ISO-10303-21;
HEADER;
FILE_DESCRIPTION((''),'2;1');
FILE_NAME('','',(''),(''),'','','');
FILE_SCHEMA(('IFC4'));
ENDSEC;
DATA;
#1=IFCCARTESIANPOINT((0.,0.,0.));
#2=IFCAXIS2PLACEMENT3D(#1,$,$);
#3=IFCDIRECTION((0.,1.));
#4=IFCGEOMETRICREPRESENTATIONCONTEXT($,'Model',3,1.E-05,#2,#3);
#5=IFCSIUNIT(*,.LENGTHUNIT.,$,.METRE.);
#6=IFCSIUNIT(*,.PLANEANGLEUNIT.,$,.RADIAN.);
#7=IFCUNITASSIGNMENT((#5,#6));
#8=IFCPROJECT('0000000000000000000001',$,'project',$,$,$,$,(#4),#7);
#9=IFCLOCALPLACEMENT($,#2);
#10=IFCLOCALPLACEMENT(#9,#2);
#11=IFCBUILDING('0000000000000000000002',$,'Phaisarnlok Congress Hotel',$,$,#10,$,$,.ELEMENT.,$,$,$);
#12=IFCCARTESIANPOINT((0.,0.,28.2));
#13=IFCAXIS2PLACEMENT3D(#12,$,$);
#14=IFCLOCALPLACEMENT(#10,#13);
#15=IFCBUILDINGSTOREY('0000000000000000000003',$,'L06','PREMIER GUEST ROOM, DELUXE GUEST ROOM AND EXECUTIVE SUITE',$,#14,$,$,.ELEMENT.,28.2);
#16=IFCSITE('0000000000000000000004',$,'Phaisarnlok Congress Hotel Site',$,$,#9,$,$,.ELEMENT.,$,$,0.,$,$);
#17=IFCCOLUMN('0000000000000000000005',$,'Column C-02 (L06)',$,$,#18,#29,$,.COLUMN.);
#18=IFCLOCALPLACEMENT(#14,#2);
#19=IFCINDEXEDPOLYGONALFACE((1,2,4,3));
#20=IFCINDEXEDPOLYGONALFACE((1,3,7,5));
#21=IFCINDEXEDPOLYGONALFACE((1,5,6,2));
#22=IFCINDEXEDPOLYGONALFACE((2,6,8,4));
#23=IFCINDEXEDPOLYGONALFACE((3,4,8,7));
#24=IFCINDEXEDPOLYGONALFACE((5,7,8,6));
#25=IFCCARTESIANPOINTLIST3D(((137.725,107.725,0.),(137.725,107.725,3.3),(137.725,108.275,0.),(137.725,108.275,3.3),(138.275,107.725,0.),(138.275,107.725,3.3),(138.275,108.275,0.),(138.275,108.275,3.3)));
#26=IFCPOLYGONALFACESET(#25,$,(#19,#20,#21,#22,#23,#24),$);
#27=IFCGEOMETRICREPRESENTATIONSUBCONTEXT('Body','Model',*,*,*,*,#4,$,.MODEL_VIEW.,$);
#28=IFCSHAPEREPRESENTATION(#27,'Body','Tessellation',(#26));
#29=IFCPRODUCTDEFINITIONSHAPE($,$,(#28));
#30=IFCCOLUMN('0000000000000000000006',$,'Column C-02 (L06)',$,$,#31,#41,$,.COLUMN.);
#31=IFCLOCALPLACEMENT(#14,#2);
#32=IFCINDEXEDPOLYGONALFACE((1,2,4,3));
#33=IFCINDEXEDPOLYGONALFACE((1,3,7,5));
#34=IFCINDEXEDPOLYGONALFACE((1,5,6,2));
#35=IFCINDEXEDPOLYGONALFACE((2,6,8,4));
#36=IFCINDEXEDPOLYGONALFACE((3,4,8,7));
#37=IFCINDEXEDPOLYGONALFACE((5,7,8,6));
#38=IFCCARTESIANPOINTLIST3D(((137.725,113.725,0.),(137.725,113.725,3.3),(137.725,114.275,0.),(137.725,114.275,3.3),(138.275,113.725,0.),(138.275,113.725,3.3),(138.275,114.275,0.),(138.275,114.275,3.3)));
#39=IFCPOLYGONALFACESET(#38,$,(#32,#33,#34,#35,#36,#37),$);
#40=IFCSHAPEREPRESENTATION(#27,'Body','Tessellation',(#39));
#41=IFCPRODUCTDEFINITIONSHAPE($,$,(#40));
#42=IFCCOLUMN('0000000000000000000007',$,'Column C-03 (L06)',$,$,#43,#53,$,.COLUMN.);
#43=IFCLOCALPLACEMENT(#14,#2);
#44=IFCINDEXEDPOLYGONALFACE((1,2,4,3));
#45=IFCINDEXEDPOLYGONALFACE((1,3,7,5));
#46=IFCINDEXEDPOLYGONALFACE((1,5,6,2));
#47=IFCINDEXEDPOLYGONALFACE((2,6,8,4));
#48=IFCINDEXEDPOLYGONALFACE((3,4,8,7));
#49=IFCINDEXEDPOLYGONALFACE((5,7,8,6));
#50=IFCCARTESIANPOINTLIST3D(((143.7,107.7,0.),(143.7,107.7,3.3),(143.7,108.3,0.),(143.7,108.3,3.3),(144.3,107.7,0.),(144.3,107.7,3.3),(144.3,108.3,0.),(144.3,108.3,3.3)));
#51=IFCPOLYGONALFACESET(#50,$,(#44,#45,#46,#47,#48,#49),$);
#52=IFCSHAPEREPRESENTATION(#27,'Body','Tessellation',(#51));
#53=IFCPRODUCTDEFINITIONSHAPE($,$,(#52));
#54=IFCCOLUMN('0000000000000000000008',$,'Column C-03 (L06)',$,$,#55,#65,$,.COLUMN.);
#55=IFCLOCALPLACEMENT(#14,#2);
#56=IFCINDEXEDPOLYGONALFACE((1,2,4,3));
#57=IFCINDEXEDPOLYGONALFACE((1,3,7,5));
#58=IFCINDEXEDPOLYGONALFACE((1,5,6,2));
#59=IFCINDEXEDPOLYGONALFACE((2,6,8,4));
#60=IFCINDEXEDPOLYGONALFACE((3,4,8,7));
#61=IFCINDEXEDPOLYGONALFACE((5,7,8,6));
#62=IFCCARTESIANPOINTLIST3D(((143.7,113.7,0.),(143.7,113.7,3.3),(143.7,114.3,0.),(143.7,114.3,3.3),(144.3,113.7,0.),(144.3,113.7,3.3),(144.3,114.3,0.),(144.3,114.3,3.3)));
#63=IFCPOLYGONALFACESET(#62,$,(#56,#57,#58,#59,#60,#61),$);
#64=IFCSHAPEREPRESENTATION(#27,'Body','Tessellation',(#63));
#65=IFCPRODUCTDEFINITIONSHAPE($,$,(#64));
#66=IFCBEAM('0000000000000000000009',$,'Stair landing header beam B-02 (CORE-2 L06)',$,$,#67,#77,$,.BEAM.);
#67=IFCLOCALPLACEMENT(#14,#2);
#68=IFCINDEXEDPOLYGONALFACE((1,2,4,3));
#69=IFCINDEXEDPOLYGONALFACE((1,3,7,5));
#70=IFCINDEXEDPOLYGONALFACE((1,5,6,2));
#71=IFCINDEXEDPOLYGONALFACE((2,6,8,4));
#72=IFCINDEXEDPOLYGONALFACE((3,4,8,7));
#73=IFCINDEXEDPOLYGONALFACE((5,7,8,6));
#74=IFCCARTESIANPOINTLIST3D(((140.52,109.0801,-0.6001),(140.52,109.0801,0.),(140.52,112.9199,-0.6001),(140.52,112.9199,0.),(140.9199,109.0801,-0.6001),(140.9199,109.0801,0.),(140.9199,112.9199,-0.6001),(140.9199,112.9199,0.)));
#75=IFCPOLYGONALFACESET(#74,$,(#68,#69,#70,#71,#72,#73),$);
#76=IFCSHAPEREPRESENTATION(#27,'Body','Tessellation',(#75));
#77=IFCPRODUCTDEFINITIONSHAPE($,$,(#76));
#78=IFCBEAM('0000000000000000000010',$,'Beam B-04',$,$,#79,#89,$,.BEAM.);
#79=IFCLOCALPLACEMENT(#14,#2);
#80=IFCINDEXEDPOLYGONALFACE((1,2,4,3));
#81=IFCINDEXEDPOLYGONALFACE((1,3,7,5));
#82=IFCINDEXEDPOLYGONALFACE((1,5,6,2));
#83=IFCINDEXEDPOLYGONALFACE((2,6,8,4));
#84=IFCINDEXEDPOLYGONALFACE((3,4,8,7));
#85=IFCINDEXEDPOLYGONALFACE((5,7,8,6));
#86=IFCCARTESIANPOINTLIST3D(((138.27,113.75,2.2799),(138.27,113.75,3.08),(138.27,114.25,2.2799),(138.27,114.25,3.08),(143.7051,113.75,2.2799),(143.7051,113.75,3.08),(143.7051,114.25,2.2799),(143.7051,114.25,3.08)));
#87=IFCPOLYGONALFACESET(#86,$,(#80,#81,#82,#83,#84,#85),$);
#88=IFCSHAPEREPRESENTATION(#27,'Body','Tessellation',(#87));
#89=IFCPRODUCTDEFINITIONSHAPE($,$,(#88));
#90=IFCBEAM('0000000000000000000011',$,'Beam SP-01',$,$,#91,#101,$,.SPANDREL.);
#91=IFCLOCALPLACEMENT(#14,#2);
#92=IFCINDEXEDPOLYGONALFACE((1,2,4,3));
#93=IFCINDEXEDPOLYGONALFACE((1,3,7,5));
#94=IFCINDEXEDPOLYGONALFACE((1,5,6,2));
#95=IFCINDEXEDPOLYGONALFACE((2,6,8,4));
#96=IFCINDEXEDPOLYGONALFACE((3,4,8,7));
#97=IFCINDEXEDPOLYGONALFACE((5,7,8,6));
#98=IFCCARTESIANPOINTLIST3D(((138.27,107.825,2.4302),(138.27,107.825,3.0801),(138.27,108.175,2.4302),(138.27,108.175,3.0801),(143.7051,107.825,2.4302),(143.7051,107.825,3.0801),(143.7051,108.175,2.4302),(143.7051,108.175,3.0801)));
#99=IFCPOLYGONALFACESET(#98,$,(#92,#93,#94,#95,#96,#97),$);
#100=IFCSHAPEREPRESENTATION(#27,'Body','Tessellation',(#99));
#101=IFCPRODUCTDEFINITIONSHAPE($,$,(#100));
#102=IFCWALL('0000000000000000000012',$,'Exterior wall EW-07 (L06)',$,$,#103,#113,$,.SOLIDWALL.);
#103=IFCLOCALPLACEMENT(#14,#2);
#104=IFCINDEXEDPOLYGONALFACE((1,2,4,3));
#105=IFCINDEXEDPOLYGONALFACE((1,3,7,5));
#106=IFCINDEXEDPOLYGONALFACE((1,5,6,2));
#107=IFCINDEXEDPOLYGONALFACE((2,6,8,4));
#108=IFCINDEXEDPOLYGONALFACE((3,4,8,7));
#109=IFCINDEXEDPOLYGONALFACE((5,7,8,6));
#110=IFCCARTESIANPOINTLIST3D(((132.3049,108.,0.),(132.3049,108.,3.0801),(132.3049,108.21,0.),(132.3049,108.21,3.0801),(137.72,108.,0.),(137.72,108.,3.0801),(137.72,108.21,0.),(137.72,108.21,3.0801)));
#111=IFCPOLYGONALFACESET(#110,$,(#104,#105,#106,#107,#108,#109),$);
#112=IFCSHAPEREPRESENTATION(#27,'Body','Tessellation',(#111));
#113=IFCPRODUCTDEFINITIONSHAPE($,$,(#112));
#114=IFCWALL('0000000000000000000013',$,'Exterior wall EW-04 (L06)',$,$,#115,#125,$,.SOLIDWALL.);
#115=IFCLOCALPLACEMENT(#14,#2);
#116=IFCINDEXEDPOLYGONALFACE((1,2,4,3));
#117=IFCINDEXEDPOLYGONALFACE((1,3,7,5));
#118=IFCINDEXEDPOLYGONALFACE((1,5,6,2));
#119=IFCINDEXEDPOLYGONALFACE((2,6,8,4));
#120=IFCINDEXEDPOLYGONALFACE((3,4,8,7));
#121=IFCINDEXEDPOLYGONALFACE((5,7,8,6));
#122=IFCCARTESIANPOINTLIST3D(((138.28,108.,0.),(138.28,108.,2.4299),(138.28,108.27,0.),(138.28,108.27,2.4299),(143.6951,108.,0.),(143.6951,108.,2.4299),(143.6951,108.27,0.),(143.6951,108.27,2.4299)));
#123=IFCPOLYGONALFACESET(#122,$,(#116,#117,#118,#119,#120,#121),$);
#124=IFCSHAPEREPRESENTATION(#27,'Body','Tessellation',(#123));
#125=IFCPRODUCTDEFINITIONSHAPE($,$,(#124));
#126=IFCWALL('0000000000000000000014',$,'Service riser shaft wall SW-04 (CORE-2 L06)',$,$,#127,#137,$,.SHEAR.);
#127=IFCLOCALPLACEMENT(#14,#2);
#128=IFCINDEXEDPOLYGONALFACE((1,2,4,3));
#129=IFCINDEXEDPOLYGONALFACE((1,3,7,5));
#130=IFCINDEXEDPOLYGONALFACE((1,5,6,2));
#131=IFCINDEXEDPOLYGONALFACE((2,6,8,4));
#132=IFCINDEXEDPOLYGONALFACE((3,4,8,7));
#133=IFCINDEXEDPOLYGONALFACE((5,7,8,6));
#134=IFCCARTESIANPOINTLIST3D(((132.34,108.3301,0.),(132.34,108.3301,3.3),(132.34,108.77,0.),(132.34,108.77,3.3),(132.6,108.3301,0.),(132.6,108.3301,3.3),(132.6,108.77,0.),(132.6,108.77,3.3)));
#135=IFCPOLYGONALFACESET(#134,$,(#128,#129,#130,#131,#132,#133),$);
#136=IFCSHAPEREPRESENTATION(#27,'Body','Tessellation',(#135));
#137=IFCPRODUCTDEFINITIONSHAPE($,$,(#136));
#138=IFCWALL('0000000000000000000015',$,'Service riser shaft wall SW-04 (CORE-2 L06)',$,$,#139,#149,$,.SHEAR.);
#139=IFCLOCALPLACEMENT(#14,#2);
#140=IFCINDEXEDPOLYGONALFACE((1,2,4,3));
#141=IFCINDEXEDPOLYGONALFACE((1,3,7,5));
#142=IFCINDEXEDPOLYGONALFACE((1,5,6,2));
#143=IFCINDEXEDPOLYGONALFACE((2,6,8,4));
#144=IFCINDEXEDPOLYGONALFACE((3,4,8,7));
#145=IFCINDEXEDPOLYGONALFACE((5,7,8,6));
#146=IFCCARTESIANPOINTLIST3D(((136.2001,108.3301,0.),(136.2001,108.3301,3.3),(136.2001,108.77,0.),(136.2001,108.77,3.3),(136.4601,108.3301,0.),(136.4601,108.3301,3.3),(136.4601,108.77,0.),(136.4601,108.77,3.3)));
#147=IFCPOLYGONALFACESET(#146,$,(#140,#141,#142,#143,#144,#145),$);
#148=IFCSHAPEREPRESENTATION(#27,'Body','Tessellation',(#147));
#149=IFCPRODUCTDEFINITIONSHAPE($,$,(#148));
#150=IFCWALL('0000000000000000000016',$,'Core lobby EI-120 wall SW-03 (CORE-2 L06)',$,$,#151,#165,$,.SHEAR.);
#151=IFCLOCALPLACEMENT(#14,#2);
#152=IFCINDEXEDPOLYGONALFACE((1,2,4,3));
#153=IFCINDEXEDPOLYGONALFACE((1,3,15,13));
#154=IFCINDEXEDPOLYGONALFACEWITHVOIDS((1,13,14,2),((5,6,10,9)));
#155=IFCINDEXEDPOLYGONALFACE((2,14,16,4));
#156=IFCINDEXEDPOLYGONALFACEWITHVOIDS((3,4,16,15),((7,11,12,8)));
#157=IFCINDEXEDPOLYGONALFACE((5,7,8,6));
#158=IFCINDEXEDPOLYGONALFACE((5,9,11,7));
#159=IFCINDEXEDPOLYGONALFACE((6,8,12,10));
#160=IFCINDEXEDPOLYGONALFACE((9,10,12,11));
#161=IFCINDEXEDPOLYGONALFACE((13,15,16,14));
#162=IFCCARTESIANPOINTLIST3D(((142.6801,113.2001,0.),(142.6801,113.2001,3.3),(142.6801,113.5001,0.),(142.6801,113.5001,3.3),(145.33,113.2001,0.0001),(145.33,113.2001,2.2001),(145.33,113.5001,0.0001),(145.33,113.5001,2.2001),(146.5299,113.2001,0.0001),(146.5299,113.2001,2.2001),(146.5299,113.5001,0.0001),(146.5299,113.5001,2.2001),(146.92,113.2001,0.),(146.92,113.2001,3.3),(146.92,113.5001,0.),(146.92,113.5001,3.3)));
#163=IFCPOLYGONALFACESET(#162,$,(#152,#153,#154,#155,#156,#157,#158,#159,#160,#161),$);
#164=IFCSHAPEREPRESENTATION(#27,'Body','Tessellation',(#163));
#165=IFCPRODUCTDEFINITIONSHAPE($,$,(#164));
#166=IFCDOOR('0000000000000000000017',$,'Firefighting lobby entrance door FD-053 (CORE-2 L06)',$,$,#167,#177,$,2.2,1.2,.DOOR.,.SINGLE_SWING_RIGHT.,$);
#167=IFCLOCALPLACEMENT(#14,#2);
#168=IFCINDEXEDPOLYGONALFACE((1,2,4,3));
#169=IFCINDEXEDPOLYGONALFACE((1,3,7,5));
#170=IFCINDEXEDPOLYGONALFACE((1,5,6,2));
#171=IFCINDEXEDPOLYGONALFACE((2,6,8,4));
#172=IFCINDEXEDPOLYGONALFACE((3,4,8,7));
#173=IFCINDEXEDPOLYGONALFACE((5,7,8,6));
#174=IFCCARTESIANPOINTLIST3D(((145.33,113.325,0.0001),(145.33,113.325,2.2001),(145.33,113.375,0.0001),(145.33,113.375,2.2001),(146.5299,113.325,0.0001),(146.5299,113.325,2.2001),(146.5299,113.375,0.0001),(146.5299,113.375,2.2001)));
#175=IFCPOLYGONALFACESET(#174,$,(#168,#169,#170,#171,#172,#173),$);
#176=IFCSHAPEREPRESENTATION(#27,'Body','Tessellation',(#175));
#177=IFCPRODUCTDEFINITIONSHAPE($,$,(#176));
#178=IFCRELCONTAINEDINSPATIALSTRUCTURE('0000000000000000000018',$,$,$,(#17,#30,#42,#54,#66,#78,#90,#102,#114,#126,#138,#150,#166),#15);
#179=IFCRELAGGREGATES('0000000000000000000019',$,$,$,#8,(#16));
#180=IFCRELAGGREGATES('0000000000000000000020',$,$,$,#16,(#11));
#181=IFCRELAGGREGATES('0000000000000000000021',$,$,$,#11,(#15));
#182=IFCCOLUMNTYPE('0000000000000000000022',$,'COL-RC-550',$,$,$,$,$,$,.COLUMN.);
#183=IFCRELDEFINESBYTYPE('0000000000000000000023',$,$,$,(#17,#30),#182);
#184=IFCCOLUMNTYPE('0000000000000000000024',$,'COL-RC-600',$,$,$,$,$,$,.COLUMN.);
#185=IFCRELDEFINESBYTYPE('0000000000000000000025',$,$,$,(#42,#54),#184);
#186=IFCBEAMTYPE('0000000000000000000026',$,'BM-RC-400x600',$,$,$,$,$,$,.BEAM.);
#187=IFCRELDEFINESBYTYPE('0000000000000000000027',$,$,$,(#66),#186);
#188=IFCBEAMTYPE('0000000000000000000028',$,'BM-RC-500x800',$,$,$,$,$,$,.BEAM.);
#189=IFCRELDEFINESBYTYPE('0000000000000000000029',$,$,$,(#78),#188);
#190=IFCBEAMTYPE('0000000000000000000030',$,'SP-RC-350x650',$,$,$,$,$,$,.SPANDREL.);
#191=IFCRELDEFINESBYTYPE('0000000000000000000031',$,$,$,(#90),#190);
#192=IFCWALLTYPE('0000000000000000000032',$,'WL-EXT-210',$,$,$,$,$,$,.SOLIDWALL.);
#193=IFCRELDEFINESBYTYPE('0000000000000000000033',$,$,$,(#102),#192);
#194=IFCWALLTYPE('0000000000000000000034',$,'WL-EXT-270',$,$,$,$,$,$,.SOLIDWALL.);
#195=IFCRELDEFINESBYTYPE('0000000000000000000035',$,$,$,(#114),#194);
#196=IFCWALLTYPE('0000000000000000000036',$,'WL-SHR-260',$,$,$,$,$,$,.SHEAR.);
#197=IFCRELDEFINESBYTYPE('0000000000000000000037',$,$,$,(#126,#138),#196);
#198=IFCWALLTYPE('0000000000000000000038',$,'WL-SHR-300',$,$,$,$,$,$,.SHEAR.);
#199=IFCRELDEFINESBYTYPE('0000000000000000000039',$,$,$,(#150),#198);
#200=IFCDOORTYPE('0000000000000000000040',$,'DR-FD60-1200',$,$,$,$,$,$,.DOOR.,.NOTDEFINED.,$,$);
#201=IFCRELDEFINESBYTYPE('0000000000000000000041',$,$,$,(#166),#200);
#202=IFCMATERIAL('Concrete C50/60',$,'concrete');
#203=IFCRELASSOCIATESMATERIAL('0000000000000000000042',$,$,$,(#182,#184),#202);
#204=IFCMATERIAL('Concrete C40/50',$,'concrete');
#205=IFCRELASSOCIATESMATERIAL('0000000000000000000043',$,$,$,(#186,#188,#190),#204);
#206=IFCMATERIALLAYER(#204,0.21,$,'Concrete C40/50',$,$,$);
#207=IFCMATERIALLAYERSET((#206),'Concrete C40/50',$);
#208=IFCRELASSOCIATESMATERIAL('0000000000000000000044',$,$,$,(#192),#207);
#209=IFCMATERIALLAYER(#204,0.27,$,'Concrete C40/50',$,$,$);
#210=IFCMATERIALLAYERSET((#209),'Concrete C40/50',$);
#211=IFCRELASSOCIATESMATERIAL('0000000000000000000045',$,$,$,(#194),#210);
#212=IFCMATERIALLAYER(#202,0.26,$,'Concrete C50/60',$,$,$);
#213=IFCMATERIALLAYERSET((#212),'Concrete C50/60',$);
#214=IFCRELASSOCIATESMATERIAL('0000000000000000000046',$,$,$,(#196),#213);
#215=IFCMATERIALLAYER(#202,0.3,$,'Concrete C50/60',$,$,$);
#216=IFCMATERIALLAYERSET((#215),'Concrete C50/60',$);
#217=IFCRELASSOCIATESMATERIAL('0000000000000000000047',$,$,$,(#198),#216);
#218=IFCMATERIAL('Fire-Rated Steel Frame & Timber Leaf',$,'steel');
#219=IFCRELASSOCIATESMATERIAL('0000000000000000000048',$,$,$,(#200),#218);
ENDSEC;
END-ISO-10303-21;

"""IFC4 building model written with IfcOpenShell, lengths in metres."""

from ifc_helpers import new_model, si_unit, direction, frame, frame_2d, origin, origin_2d, place, context, subcontext, project, spatial, rectangle, extrude, material, layer, layer_set, material_profile, profile_set, type_object, element, fill, save


model = new_model("IFC4")

# Units and contexts
model_context = context("Model", 3, precision=1e-05, world=origin(), true_north=direction((0.0, 1.0)))
body_context = subcontext(model_context, "Body", "Model", "MODEL_VIEW")
ifc_project = project(units=[si_unit("LENGTHUNIT", "METRE"), si_unit("PLANEANGLEUNIT", "RADIAN")], contexts=[model_context])

# Site, building, storey
site_placement = place(None, origin())
site = spatial("IfcSite", under=ifc_project, at=site_placement, Name="Phaisarnlok Congress Hotel Site", CompositionType="ELEMENT", RefElevation=0.0)
building_placement = place(site_placement, origin())
building = spatial("IfcBuilding", under=site, at=building_placement, Name="Phaisarnlok Congress Hotel", CompositionType="ELEMENT")
storey_placement = place(building_placement, frame((0.0, 0.0, 28.2)))
storey = spatial("IfcBuildingStorey", under=building, at=storey_placement, Name="L06", Description="PREMIER GUEST ROOM, DELUXE GUEST ROOM AND EXECUTIVE SUITE", CompositionType="ELEMENT", Elevation=28.2)

# Columns
ifc_material_1 = material(Name="Concrete C50/60", Category="concrete")
ifc_material_profile_1 = material_profile(ifc_material_1, rectangle(XDim=0.55, YDim=0.55, at=origin_2d()), Name="RC 550x550")
ifc_profile_set_1 = profile_set([ifc_material_profile_1], Name="Concrete C50/60")
column_type_1 = type_object("IfcColumnType", Name="COL-RC-550", PredefinedType="COLUMN", material=ifc_profile_set_1)
for number, where, z_axis, x_axis, name in (
    (1, (138.0, 108.0, 0.0), (0.0, 0.0, 1.0), (1.0, 0.0, 0.0), "Column C-02 (L06)"),
    (2, (138.0, 114.0, 0.0), (0.0, 0.0, 1.0), (1.0, 0.0, 0.0), "Column C-02 (L06)"),
):
    element("IfcColumn", number, at=place(storey_placement, frame(where, z_axis=z_axis, x_axis=x_axis)), inside=storey, type_object=column_type_1, Name=name, PredefinedType="COLUMN", context=body_context, shape_type="SweptSolid", body=[
        extrude(rectangle(XDim=0.55, YDim=0.55, at=origin_2d()), origin(), (0.0, 0.0, 1.0), 3.3),
    ])
ifc_material_profile_2 = material_profile(ifc_material_1, rectangle(XDim=0.6001, YDim=0.6001, at=origin_2d()), Name="RC 600x600")
ifc_profile_set_2 = profile_set([ifc_material_profile_2], Name="Concrete C50/60")
column_type_2 = type_object("IfcColumnType", Name="COL-RC-600", PredefinedType="COLUMN", material=ifc_profile_set_2)
for number, where, z_axis, x_axis, name in (
    (3, (144.0, 108.0, 0.0), (0.0, 0.0, 1.0), (1.0, 0.0, 0.0), "Column C-03 (L06)"),
    (4, (144.0, 114.0, 0.0), (0.0, 0.0, 1.0), (1.0, 0.0, 0.0), "Column C-03 (L06)"),
):
    element("IfcColumn", number, at=place(storey_placement, frame(where, z_axis=z_axis, x_axis=x_axis)), inside=storey, type_object=column_type_2, Name=name, PredefinedType="COLUMN", context=body_context, shape_type="SweptSolid", body=[
        extrude(rectangle(XDim=0.6001, YDim=0.6001, at=origin_2d()), origin(), (0.0, 0.0, 1.0), 3.3),
    ])

# Beams
ifc_material_2 = material(Name="Concrete C40/50", Category="concrete")
ifc_material_profile_3 = material_profile(ifc_material_2, rectangle(XDim=0.3999, YDim=0.6001, at=origin_2d()), Name="RC 400x600")
ifc_profile_set_3 = profile_set([ifc_material_profile_3], Name="Concrete C40/50")
beam_type_1 = type_object("IfcBeamType", Name="BM-RC-400x600", PredefinedType="BEAM", material=ifc_profile_set_3)
beam_1_placement = place(storey_placement, frame((140.72, 109.0801, -0.3), z_axis=(0.0, 1.0, 0.0), x_axis=(-1.0, 0.0, 0.0)))
element("IfcBeam", 5, at=beam_1_placement, inside=storey, type_object=beam_type_1, Name="Stair landing header beam B-02 (CORE-2 L06)", PredefinedType="BEAM", context=body_context, shape_type="SweptSolid", body=[
    extrude(rectangle(XDim=0.3999, YDim=0.6001, at=origin_2d()), origin(), (0.0, 0.0, 1.0), 3.8398),
])
ifc_material_profile_4 = material_profile(ifc_material_2, rectangle(XDim=0.5, YDim=0.8, at=origin_2d()), Name="RC 500x800")
ifc_profile_set_4 = profile_set([ifc_material_profile_4], Name="Concrete C40/50")
beam_type_2 = type_object("IfcBeamType", Name="BM-RC-500x800", PredefinedType="BEAM", material=ifc_profile_set_4)
beam_2_placement = place(storey_placement, frame((138.27, 114.0, 2.6799), z_axis=(1.0, 0.0, 0.0), x_axis=(0.0, 1.0, 0.0)))
element("IfcBeam", 6, at=beam_2_placement, inside=storey, type_object=beam_type_2, Name="Beam B-04", PredefinedType="BEAM", context=body_context, shape_type="SweptSolid", body=[
    extrude(rectangle(XDim=0.5, YDim=0.8, at=origin_2d()), origin(), (0.0, 0.0, 1.0), 5.4351),
])
ifc_material_profile_5 = material_profile(ifc_material_2, rectangle(XDim=0.3501, YDim=0.6499, at=origin_2d()), Name="RC 350x650")
ifc_profile_set_5 = profile_set([ifc_material_profile_5], Name="Concrete C40/50")
beam_type_3 = type_object("IfcBeamType", Name="SP-RC-350x650", PredefinedType="SPANDREL", material=ifc_profile_set_5)
beam_3_placement = place(storey_placement, frame((138.27, 108.0, 2.7551), z_axis=(1.0, 0.0, 0.0), x_axis=(0.0, 1.0, 0.0)))
element("IfcBeam", 7, at=beam_3_placement, inside=storey, type_object=beam_type_3, Name="Beam SP-01", PredefinedType="SPANDREL", context=body_context, shape_type="SweptSolid", body=[
    extrude(rectangle(XDim=0.3501, YDim=0.6499, at=origin_2d()), origin(), (0.0, 0.0, 1.0), 5.4351),
])

# Walls
ifc_layer_1 = layer(ifc_material_2, 0.21, Name="Concrete C40/50")
ifc_layer_set_1 = layer_set([ifc_layer_1], Name="Concrete C40/50")
wall_type_1 = type_object("IfcWallType", Name="WL-EXT-210", PredefinedType="SOLIDWALL", material=ifc_layer_set_1)
wall_1_placement = place(storey_placement, frame((132.3049, 108.105, 0.0), z_axis=(0.0, 0.0, 1.0), x_axis=(1.0, 0.0, 0.0)))
element("IfcWall", 8, at=wall_1_placement, inside=storey, type_object=wall_type_1, Name="Exterior wall EW-07 (L06)", PredefinedType="SOLIDWALL", context=body_context, shape_type="SweptSolid", body=[
    extrude(rectangle(XDim=5.415, YDim=0.21, at=frame_2d((2.7075, 0.0))), origin(), (0.0, 0.0, 1.0), 3.0801),
])
ifc_layer_2 = layer(ifc_material_2, 0.27, Name="Concrete C40/50")
ifc_layer_set_2 = layer_set([ifc_layer_2], Name="Concrete C40/50")
wall_type_2 = type_object("IfcWallType", Name="WL-EXT-270", PredefinedType="SOLIDWALL", material=ifc_layer_set_2)
wall_2_placement = place(storey_placement, frame((138.28, 108.135, 0.0), z_axis=(0.0, 0.0, 1.0), x_axis=(1.0, 0.0, 0.0)))
element("IfcWall", 9, at=wall_2_placement, inside=storey, type_object=wall_type_2, Name="Exterior wall EW-04 (L06)", PredefinedType="SOLIDWALL", context=body_context, shape_type="SweptSolid", body=[
    extrude(rectangle(XDim=5.415, YDim=0.27, at=frame_2d((2.7075, 0.0))), origin(), (0.0, 0.0, 1.0), 2.4299),
])

# Shared definitions
ifc_layer_3 = layer(ifc_material_1, 0.26, Name="Concrete C50/60")
ifc_layer_set_3 = layer_set([ifc_layer_3], Name="Concrete C50/60")
wall_type_3 = type_object("IfcWallType", Name="WL-SHR-260", PredefinedType="SHEAR", material=ifc_layer_set_3)
ifc_material_3 = material(Name="Fire-Rated Steel Frame & Timber Leaf", Category="steel")

# Walls
for number, where, z_axis, x_axis, name in (
    (10, (132.47, 108.3301, 0.0), (0.0, 0.0, 1.0), (0.0, 1.0, 0.0), "Service riser shaft wall SW-04 (CORE-2 L06)"),
    (11, (136.3301, 108.3301, 0.0), (0.0, 0.0, 1.0), (0.0, 1.0, 0.0), "Service riser shaft wall SW-04 (CORE-2 L06)"),
):
    element("IfcWall", number, at=place(storey_placement, frame(where, z_axis=z_axis, x_axis=x_axis)), inside=storey, type_object=wall_type_3, Name=name, PredefinedType="SHEAR", context=body_context, shape_type="SweptSolid", body=[
        extrude(rectangle(XDim=0.4399, YDim=0.26, at=frame_2d((0.22, 0.0))), origin(), (0.0, 0.0, 1.0), 3.3),
    ])

# Wall, opening, door
ifc_layer_4 = layer(ifc_material_1, 0.3, Name="Concrete C50/60")
ifc_layer_set_4 = layer_set([ifc_layer_4], Name="Concrete C50/60")
wall_type_4 = type_object("IfcWallType", Name="WL-SHR-300", PredefinedType="SHEAR", material=ifc_layer_set_4)
wall_3_placement = place(storey_placement, frame((142.6799, 113.3501, 0.0), z_axis=(0.0, 0.0, 1.0), x_axis=(1.0, 0.0, 0.0)))
wall_3 = element("IfcWall", 12, at=wall_3_placement, inside=storey, type_object=wall_type_4, Name="Core lobby EI-120 wall SW-03 (CORE-2 L06)", PredefinedType="SHEAR", context=body_context, shape_type="SweptSolid", body=[
    extrude(rectangle(XDim=4.24, YDim=0.3, at=frame_2d((2.1201, 0.0))), origin(), (0.0, 0.0, 1.0), 3.3),
])
opening_1_placement = place(wall_3_placement, frame((2.6499, 0.0, 0.0)))
opening_1 = element("IfcOpeningElement", 13, at=opening_1_placement, cuts=wall_3, PredefinedType="OPENING", context=body_context, shape_type="SweptSolid", body=[
    extrude(rectangle(XDim=1.2, YDim=2.2, at=frame_2d((0.6001, 1.1001))), frame((0.0, 0.1602, 0.0), z_axis=(0.0, -1.0, 0.0), x_axis=(1.0, 0.0, 0.0)), (0.0, 0.0, 1.0), 0.3201),
])
door_type_1 = type_object("IfcDoorType", Name="DR-FD60-1200", OperationType="NOTDEFINED", PredefinedType="DOOR", material=ifc_material_3)
door_1_placement = place(opening_1_placement, origin())
door_1 = element("IfcDoor", 14, at=door_1_placement, inside=storey, type_object=door_type_1, Name="Firefighting lobby entrance door FD-053 (CORE-2 L06)", OperationType="SINGLE_SWING_RIGHT", OverallHeight=2.2, OverallWidth=1.2, PredefinedType="DOOR", context=body_context, shape_type="SweptSolid", body=[
    extrude(rectangle(XDim=1.2, YDim=2.2, at=frame_2d((0.6001, 1.1001))), frame((0.0, 0.0249, 0.0), z_axis=(0.0, -1.0, 0.0), x_axis=(1.0, 0.0, 0.0)), (0.0, 0.0, 1.0), 0.05),
])
fill(opening_1, door_1)

save(model, "model.ifc")
